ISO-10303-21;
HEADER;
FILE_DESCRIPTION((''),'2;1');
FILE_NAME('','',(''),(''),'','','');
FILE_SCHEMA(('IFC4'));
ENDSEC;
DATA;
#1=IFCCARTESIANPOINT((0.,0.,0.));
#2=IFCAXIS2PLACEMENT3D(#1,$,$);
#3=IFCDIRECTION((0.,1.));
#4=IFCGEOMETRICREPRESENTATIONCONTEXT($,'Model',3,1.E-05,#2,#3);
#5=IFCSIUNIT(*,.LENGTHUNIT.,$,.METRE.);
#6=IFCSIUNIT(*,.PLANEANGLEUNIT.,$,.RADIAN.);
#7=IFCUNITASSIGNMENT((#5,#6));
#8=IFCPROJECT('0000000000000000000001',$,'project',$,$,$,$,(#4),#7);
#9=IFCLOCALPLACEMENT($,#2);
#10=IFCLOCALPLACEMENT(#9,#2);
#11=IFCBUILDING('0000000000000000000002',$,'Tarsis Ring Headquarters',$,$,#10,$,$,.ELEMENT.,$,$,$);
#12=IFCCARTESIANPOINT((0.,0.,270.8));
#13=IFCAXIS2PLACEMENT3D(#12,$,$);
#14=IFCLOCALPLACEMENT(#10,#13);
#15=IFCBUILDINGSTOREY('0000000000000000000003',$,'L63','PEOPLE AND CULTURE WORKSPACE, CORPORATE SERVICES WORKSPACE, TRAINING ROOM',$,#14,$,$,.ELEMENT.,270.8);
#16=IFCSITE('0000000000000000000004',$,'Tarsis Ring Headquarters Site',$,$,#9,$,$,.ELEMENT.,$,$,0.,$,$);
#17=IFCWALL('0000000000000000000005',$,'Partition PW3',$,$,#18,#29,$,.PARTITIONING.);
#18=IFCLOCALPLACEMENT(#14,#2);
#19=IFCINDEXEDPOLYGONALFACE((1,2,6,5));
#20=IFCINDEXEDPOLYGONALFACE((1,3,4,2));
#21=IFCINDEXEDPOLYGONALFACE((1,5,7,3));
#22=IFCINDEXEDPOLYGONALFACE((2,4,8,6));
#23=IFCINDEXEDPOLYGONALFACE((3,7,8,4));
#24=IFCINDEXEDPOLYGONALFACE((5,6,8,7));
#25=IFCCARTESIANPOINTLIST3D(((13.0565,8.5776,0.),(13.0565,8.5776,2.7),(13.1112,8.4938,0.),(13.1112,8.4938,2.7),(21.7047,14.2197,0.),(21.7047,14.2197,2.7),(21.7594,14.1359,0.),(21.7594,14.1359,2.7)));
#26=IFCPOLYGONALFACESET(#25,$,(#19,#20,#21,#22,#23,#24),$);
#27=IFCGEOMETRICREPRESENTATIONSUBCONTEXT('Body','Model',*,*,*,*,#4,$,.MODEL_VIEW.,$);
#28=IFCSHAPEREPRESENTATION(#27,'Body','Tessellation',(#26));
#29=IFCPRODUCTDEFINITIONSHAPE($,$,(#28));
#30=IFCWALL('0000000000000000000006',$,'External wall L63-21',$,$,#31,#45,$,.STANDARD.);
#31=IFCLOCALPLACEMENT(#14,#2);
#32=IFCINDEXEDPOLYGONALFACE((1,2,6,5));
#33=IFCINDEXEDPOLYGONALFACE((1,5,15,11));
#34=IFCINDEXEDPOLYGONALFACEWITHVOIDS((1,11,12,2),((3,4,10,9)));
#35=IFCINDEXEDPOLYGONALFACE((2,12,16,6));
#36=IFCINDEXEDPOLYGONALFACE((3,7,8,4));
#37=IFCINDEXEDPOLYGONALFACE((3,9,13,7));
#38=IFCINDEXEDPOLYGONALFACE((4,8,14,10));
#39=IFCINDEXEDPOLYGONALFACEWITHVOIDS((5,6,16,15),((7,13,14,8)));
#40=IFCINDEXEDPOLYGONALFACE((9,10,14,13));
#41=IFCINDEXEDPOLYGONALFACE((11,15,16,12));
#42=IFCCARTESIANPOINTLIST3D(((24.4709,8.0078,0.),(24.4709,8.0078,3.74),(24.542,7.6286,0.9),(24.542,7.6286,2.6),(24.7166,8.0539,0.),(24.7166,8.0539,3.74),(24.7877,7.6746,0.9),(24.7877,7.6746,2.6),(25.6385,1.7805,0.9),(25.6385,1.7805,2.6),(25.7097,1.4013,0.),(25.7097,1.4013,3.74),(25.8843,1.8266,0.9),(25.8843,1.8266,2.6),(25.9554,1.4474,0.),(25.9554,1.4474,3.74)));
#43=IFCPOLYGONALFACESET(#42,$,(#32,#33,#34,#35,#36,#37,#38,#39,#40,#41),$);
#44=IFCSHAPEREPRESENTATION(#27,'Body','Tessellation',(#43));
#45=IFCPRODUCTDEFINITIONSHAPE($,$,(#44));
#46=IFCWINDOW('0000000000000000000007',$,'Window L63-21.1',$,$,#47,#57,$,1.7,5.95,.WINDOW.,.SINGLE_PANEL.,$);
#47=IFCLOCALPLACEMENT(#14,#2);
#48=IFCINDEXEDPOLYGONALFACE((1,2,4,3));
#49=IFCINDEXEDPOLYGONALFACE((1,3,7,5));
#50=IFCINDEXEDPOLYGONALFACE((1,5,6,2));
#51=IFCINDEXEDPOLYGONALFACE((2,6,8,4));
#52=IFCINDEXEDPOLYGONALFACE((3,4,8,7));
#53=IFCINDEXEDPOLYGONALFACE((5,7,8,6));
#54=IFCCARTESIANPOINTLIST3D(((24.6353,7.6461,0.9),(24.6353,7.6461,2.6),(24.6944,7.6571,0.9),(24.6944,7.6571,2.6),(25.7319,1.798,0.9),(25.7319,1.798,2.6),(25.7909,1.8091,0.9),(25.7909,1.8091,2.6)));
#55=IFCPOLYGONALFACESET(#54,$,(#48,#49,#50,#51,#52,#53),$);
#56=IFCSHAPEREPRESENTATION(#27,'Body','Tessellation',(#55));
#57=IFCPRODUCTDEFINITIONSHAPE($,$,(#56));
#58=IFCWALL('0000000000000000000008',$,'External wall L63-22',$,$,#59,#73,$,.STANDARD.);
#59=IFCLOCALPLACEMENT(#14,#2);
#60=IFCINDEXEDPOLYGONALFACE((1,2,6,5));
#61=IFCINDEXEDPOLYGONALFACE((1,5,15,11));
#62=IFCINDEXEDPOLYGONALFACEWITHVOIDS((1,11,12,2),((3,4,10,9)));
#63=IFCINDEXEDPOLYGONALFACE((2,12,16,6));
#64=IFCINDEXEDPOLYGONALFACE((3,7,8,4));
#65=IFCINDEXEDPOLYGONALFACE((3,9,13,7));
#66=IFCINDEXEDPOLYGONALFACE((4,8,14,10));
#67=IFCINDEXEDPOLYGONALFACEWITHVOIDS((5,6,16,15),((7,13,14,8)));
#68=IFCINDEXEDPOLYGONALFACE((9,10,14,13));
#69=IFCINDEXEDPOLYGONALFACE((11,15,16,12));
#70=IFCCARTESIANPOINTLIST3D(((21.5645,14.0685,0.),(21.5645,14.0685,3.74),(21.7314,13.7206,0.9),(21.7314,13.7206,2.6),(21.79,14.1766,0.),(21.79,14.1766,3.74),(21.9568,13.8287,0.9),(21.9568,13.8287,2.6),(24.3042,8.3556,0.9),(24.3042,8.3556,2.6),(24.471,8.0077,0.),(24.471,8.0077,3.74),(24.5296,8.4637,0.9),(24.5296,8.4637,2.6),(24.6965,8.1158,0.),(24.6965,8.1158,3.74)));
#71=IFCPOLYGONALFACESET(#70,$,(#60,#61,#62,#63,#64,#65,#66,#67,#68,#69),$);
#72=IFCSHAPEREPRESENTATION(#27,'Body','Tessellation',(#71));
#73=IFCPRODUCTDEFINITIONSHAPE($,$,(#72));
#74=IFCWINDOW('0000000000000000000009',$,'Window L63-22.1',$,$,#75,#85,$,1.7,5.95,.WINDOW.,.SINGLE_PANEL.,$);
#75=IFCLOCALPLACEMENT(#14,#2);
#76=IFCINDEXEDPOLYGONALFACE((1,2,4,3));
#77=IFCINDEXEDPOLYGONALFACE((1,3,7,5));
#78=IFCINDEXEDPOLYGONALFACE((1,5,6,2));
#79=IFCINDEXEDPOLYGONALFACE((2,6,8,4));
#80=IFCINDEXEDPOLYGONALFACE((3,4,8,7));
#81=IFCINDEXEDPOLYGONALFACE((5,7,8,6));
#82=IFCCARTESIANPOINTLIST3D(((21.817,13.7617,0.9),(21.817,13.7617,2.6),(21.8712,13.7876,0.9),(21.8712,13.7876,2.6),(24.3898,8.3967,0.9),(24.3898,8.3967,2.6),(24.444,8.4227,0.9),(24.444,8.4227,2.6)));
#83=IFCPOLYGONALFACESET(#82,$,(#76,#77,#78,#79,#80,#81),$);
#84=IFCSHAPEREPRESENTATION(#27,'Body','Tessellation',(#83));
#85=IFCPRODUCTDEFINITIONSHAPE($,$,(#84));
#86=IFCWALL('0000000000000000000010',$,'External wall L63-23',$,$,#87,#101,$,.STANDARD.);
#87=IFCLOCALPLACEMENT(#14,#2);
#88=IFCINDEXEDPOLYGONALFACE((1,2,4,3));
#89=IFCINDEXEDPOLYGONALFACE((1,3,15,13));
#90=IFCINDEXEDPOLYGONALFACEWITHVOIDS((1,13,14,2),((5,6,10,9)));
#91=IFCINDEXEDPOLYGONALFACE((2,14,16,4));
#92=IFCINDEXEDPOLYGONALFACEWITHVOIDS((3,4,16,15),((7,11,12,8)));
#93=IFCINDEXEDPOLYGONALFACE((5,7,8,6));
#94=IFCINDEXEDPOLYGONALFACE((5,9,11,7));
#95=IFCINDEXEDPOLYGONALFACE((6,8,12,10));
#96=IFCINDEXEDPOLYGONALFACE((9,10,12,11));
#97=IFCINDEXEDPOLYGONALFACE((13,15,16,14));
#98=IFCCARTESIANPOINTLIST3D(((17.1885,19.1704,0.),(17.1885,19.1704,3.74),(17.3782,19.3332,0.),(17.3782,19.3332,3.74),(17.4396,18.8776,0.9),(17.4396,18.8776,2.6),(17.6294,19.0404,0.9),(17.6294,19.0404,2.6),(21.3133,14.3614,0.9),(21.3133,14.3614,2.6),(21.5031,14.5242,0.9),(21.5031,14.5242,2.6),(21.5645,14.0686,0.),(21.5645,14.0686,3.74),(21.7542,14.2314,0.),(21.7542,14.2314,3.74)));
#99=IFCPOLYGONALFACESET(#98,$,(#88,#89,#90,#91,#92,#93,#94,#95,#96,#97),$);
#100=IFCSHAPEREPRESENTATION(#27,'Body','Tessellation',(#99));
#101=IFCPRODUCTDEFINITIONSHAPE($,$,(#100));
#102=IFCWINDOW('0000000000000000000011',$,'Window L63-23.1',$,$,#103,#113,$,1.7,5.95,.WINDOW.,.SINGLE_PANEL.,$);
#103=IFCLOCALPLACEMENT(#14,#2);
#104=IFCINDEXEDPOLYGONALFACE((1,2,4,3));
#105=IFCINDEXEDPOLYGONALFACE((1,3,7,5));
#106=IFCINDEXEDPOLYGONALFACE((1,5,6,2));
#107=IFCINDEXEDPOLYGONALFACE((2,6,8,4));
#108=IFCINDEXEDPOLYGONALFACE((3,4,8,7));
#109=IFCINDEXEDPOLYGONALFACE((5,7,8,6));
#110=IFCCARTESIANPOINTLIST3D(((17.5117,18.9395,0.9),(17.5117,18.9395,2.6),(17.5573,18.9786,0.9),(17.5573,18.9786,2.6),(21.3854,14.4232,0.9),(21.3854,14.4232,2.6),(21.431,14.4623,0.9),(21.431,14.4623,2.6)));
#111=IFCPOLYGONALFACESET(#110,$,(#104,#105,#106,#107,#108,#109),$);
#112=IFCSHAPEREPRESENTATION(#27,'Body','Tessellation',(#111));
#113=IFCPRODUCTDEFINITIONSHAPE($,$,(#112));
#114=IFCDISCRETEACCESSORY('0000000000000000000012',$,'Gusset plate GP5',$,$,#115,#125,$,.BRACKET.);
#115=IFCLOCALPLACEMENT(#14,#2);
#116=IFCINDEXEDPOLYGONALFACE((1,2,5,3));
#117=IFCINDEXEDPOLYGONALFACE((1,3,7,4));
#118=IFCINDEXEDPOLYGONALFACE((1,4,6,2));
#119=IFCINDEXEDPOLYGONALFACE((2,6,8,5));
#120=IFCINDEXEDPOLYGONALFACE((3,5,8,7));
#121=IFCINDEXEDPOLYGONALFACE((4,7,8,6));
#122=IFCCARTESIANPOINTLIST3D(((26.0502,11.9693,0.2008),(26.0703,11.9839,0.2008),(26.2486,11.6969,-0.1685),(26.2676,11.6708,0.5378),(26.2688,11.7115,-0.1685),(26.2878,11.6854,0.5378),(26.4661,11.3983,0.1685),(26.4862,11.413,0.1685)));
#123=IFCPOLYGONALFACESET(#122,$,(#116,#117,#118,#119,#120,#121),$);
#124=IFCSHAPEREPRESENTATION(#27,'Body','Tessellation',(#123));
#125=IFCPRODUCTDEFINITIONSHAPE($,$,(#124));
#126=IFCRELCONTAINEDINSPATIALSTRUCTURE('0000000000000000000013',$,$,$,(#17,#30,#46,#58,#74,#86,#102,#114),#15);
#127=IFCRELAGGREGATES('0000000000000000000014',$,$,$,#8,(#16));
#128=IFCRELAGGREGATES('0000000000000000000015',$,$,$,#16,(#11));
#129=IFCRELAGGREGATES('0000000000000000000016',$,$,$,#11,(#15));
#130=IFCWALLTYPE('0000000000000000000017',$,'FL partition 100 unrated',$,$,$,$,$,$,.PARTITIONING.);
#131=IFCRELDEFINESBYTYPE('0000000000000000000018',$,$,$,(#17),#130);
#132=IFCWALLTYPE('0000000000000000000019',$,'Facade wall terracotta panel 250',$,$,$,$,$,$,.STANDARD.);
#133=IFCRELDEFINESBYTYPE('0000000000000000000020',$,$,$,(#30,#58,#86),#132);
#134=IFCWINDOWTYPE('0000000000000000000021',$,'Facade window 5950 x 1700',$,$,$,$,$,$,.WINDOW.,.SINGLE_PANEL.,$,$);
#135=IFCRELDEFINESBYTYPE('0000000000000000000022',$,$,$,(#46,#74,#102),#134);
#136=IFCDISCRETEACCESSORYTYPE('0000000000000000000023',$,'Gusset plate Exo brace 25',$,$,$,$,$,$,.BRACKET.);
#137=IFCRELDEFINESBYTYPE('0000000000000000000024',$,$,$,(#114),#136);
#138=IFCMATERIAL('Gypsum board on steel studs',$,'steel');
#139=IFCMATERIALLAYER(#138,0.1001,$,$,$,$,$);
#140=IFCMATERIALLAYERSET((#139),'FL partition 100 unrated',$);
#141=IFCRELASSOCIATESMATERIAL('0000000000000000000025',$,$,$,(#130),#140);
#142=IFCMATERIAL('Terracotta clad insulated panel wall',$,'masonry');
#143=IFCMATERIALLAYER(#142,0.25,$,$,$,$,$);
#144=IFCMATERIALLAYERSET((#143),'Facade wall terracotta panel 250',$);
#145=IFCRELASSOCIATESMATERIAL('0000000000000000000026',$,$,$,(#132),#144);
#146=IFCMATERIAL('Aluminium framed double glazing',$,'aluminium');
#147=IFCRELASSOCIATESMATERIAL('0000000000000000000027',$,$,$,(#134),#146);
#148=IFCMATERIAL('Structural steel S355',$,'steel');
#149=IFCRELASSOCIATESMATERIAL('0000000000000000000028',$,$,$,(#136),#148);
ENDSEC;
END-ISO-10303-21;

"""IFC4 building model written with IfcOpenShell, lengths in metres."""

from ifc_helpers import new_model, si_unit, direction, frame, frame_2d, origin, origin_2d, place, context, subcontext, project, spatial, rectangle, extrude, material, layer, layer_set, material_profile, profile_set, type_object, element, fill, save


model = new_model("IFC4")

# Units and contexts
model_context = context("Model", 3, precision=1e-05, world=origin(), true_north=direction((0.0, 1.0)))
body_context = subcontext(model_context, "Body", "Model", "MODEL_VIEW")
ifc_project = project(units=[si_unit("LENGTHUNIT", "METRE"), si_unit("PLANEANGLEUNIT", "RADIAN")], contexts=[model_context])

# Site, building, storey
site_placement = place(None, origin())
site = spatial("IfcSite", under=ifc_project, at=site_placement, Name="Tarsis Ring Headquarters Site", CompositionType="ELEMENT", RefElevation=0.0)
building_placement = place(site_placement, origin())
building = spatial("IfcBuilding", under=site, at=building_placement, Name="Tarsis Ring Headquarters", CompositionType="ELEMENT")
storey_placement = place(building_placement, frame((0.0, 0.0, 270.8)))
storey = spatial("IfcBuildingStorey", under=building, at=storey_placement, Name="L63", Description="PEOPLE AND CULTURE WORKSPACE, CORPORATE SERVICES WORKSPACE, TRAINING ROOM", CompositionType="ELEMENT", Elevation=270.8)

# Shared definitions
ifc_material_1 = material(Name="Structural steel S355", Category="steel")

# Wall
ifc_material_2 = material(Name="Gypsum board on steel studs", Category="steel")
ifc_layer_1 = layer(ifc_material_2, 0.1001)
ifc_layer_set_1 = layer_set([ifc_layer_1], Name="FL partition 100 unrated")
wall_type_1 = type_object("IfcWallType", Name="FL partition 100 unrated", PredefinedType="PARTITIONING", material=ifc_layer_set_1)
wall_1_placement = place(storey_placement, frame((13.0837, 8.5356, 0.0), z_axis=(0.0, 0.0, 1.0), x_axis=(0.837524, 0.546401, 0.0)))
element("IfcWall", 1, at=wall_1_placement, inside=storey, type_object=wall_type_1, Name="Partition PW3", PredefinedType="PARTITIONING", context=body_context, shape_type="SweptSolid", body=[
    extrude(rectangle(XDim=10.3259, YDim=0.1001, at=frame_2d((5.1631, 0.0))), origin(), (0.0, 0.0, 1.0), 2.7),
])

# Walls, openings, windows
ifc_material_3 = material(Name="Terracotta clad insulated panel wall", Category="masonry")
ifc_layer_2 = layer(ifc_material_3, 0.25)
ifc_layer_set_2 = layer_set([ifc_layer_2], Name="Facade wall terracotta panel 250")
wall_type_2 = type_object("IfcWallType", Name="Facade wall terracotta panel 250", PredefinedType="STANDARD", material=ifc_layer_set_2)
wall_2_placement = place(storey_placement, frame((25.8325, 1.4243, 0.0), z_axis=(0.0, 0.0, 1.0), x_axis=(-0.184297, 0.982871, 0.0)))
wall_2 = element("IfcWall", 2, at=wall_2_placement, inside=storey, type_object=wall_type_2, Name="External wall L63-21", PredefinedType="STANDARD", context=body_context, shape_type="SweptSolid", body=[
    extrude(rectangle(XDim=6.7217, YDim=0.25, at=frame_2d((3.3608, 0.0))), origin(), (0.0, 0.0, 1.0), 3.74),
])
opening_1_placement = place(wall_2_placement, frame((0.3857, 0.0, 0.8999)))
opening_1 = element("IfcOpeningElement", 3, at=opening_1_placement, cuts=wall_2, PredefinedType="OPENING", context=body_context, shape_type="SweptSolid", body=[
    extrude(rectangle(XDim=5.95, YDim=1.7, at=frame_2d((2.9751, 0.8501))), frame((0.0, 0.135, 0.0), z_axis=(0.0, -1.0, 0.0), x_axis=(1.0, 0.0, 0.0)), (0.0, 0.0, 1.0), 0.27),
])
ifc_material_4 = material(Name="Aluminium framed double glazing", Category="aluminium")
window_type = type_object("IfcWindowType", Name="Facade window 5950 x 1700", PartitioningType="SINGLE_PANEL", PredefinedType="WINDOW", material=ifc_material_4)
window_1_placement = place(opening_1_placement, origin())
window_1 = element("IfcWindow", 4, at=window_1_placement, inside=storey, type_object=window_type, Name="Window L63-21.1", OverallHeight=1.7, OverallWidth=5.95, PartitioningType="SINGLE_PANEL", PredefinedType="WINDOW", context=body_context, shape_type="SweptSolid", body=[
    extrude(rectangle(XDim=5.95, YDim=1.7, at=frame_2d((2.9751, 0.8501))), frame((0.0, 0.03, 0.0), z_axis=(0.0, -1.0, 0.0), x_axis=(1.0, 0.0, 0.0)), (0.0, 0.0, 1.0), 0.0601),
])
fill(opening_1, window_1)
wall_3_placement = place(storey_placement, frame((24.5837, 8.0618, 0.0), z_axis=(0.0, 0.0, 1.0), x_axis=(-0.432406, 0.901679, 0.0)))
wall_3 = element("IfcWall", 5, at=wall_3_placement, inside=storey, type_object=wall_type_2, Name="External wall L63-22", PredefinedType="STANDARD", context=body_context, shape_type="SweptSolid", body=[
    extrude(rectangle(XDim=6.7217, YDim=0.25, at=frame_2d((3.3608, 0.0))), origin(), (0.0, 0.0, 1.0), 3.74),
])
opening_2_placement = place(wall_3_placement, frame((0.3857, 0.0, 0.8999)))
opening_2 = element("IfcOpeningElement", 6, at=opening_2_placement, cuts=wall_3, PredefinedType="OPENING", context=body_context, shape_type="SweptSolid", body=[
    extrude(rectangle(XDim=5.95, YDim=1.7, at=frame_2d((2.9751, 0.8501))), frame((0.0, 0.135, 0.0), z_axis=(0.0, -1.0, 0.0), x_axis=(1.0, 0.0, 0.0)), (0.0, 0.0, 1.0), 0.27),
])
window_2_placement = place(opening_2_placement, origin())
window_2 = element("IfcWindow", 7, at=window_2_placement, inside=storey, type_object=window_type, Name="Window L63-22.1", OverallHeight=1.7, OverallWidth=5.95, PartitioningType="SINGLE_PANEL", PredefinedType="WINDOW", context=body_context, shape_type="SweptSolid", body=[
    extrude(rectangle(XDim=5.95, YDim=1.7, at=frame_2d((2.9751, 0.8501))), frame((0.0, 0.03, 0.0), z_axis=(0.0, -1.0, 0.0), x_axis=(1.0, 0.0, 0.0)), (0.0, 0.0, 1.0), 0.0601),
])
fill(opening_2, window_2)
wall_4_placement = place(storey_placement, frame((21.6594, 14.1499, 0.0), z_axis=(0.0, 0.0, 1.0), x_axis=(-0.651049, 0.759036, 0.0)))
wall_4 = element("IfcWall", 8, at=wall_4_placement, inside=storey, type_object=wall_type_2, Name="External wall L63-23", PredefinedType="STANDARD", context=body_context, shape_type="SweptSolid", body=[
    extrude(rectangle(XDim=6.7214, YDim=0.25, at=frame_2d((3.3608, 0.0))), origin(), (0.0, 0.0, 1.0), 3.74),
])
opening_3_placement = place(wall_4_placement, frame((0.3857, 0.0, 0.8999)))
opening_3 = element("IfcOpeningElement", 9, at=opening_3_placement, cuts=wall_4, PredefinedType="OPENING", context=body_context, shape_type="SweptSolid", body=[
    extrude(rectangle(XDim=5.95, YDim=1.7, at=frame_2d((2.9751, 0.8501))), frame((0.0, 0.135, 0.0), z_axis=(0.0, -1.0, 0.0), x_axis=(1.0, 0.0, 0.0)), (0.0, 0.0, 1.0), 0.27),
])
window_3_placement = place(opening_3_placement, origin())
window_3 = element("IfcWindow", 10, at=window_3_placement, inside=storey, type_object=window_type, Name="Window L63-23.1", OverallHeight=1.7, OverallWidth=5.95, PartitioningType="SINGLE_PANEL", PredefinedType="WINDOW", context=body_context, shape_type="SweptSolid", body=[
    extrude(rectangle(XDim=5.95, YDim=1.7, at=frame_2d((2.9751, 0.8501))), frame((0.0, 0.03, 0.0), z_axis=(0.0, -1.0, 0.0), x_axis=(1.0, 0.0, 0.0)), (0.0, 0.0, 1.0), 0.0601),
])
fill(opening_3, window_3)

# Discrete accessory
ifc_material_profile_1 = material_profile(ifc_material_1, rectangle(XDim=0.0249, YDim=0.5, at=origin_2d()), Name="PL 25x500")
ifc_profile_set_1 = profile_set([ifc_material_profile_1], Name="Structural steel S355")
discrete_accessory_type = type_object("IfcDiscreteAccessoryType", Name="Gusset plate Exo brace 25", PredefinedType="BRACKET", material=ifc_profile_set_1)
discrete_accessory_placement = place(storey_placement, frame((26.3674, 11.5549, 0.0), z_axis=(-0.396912, 0.544838, 0.738656), x_axis=(-0.808266, -0.588817, 0.0)))
element("IfcDiscreteAccessory", 11, at=discrete_accessory_placement, inside=storey, type_object=discrete_accessory_type, Name="Gusset plate GP5", PredefinedType="BRACKET", context=body_context, shape_type="SweptSolid", body=[
    extrude(rectangle(XDim=0.0249, YDim=0.5, at=origin_2d()), origin(), (0.0, 0.0, 1.0), 0.5),
])

save(model, "model.ifc")
